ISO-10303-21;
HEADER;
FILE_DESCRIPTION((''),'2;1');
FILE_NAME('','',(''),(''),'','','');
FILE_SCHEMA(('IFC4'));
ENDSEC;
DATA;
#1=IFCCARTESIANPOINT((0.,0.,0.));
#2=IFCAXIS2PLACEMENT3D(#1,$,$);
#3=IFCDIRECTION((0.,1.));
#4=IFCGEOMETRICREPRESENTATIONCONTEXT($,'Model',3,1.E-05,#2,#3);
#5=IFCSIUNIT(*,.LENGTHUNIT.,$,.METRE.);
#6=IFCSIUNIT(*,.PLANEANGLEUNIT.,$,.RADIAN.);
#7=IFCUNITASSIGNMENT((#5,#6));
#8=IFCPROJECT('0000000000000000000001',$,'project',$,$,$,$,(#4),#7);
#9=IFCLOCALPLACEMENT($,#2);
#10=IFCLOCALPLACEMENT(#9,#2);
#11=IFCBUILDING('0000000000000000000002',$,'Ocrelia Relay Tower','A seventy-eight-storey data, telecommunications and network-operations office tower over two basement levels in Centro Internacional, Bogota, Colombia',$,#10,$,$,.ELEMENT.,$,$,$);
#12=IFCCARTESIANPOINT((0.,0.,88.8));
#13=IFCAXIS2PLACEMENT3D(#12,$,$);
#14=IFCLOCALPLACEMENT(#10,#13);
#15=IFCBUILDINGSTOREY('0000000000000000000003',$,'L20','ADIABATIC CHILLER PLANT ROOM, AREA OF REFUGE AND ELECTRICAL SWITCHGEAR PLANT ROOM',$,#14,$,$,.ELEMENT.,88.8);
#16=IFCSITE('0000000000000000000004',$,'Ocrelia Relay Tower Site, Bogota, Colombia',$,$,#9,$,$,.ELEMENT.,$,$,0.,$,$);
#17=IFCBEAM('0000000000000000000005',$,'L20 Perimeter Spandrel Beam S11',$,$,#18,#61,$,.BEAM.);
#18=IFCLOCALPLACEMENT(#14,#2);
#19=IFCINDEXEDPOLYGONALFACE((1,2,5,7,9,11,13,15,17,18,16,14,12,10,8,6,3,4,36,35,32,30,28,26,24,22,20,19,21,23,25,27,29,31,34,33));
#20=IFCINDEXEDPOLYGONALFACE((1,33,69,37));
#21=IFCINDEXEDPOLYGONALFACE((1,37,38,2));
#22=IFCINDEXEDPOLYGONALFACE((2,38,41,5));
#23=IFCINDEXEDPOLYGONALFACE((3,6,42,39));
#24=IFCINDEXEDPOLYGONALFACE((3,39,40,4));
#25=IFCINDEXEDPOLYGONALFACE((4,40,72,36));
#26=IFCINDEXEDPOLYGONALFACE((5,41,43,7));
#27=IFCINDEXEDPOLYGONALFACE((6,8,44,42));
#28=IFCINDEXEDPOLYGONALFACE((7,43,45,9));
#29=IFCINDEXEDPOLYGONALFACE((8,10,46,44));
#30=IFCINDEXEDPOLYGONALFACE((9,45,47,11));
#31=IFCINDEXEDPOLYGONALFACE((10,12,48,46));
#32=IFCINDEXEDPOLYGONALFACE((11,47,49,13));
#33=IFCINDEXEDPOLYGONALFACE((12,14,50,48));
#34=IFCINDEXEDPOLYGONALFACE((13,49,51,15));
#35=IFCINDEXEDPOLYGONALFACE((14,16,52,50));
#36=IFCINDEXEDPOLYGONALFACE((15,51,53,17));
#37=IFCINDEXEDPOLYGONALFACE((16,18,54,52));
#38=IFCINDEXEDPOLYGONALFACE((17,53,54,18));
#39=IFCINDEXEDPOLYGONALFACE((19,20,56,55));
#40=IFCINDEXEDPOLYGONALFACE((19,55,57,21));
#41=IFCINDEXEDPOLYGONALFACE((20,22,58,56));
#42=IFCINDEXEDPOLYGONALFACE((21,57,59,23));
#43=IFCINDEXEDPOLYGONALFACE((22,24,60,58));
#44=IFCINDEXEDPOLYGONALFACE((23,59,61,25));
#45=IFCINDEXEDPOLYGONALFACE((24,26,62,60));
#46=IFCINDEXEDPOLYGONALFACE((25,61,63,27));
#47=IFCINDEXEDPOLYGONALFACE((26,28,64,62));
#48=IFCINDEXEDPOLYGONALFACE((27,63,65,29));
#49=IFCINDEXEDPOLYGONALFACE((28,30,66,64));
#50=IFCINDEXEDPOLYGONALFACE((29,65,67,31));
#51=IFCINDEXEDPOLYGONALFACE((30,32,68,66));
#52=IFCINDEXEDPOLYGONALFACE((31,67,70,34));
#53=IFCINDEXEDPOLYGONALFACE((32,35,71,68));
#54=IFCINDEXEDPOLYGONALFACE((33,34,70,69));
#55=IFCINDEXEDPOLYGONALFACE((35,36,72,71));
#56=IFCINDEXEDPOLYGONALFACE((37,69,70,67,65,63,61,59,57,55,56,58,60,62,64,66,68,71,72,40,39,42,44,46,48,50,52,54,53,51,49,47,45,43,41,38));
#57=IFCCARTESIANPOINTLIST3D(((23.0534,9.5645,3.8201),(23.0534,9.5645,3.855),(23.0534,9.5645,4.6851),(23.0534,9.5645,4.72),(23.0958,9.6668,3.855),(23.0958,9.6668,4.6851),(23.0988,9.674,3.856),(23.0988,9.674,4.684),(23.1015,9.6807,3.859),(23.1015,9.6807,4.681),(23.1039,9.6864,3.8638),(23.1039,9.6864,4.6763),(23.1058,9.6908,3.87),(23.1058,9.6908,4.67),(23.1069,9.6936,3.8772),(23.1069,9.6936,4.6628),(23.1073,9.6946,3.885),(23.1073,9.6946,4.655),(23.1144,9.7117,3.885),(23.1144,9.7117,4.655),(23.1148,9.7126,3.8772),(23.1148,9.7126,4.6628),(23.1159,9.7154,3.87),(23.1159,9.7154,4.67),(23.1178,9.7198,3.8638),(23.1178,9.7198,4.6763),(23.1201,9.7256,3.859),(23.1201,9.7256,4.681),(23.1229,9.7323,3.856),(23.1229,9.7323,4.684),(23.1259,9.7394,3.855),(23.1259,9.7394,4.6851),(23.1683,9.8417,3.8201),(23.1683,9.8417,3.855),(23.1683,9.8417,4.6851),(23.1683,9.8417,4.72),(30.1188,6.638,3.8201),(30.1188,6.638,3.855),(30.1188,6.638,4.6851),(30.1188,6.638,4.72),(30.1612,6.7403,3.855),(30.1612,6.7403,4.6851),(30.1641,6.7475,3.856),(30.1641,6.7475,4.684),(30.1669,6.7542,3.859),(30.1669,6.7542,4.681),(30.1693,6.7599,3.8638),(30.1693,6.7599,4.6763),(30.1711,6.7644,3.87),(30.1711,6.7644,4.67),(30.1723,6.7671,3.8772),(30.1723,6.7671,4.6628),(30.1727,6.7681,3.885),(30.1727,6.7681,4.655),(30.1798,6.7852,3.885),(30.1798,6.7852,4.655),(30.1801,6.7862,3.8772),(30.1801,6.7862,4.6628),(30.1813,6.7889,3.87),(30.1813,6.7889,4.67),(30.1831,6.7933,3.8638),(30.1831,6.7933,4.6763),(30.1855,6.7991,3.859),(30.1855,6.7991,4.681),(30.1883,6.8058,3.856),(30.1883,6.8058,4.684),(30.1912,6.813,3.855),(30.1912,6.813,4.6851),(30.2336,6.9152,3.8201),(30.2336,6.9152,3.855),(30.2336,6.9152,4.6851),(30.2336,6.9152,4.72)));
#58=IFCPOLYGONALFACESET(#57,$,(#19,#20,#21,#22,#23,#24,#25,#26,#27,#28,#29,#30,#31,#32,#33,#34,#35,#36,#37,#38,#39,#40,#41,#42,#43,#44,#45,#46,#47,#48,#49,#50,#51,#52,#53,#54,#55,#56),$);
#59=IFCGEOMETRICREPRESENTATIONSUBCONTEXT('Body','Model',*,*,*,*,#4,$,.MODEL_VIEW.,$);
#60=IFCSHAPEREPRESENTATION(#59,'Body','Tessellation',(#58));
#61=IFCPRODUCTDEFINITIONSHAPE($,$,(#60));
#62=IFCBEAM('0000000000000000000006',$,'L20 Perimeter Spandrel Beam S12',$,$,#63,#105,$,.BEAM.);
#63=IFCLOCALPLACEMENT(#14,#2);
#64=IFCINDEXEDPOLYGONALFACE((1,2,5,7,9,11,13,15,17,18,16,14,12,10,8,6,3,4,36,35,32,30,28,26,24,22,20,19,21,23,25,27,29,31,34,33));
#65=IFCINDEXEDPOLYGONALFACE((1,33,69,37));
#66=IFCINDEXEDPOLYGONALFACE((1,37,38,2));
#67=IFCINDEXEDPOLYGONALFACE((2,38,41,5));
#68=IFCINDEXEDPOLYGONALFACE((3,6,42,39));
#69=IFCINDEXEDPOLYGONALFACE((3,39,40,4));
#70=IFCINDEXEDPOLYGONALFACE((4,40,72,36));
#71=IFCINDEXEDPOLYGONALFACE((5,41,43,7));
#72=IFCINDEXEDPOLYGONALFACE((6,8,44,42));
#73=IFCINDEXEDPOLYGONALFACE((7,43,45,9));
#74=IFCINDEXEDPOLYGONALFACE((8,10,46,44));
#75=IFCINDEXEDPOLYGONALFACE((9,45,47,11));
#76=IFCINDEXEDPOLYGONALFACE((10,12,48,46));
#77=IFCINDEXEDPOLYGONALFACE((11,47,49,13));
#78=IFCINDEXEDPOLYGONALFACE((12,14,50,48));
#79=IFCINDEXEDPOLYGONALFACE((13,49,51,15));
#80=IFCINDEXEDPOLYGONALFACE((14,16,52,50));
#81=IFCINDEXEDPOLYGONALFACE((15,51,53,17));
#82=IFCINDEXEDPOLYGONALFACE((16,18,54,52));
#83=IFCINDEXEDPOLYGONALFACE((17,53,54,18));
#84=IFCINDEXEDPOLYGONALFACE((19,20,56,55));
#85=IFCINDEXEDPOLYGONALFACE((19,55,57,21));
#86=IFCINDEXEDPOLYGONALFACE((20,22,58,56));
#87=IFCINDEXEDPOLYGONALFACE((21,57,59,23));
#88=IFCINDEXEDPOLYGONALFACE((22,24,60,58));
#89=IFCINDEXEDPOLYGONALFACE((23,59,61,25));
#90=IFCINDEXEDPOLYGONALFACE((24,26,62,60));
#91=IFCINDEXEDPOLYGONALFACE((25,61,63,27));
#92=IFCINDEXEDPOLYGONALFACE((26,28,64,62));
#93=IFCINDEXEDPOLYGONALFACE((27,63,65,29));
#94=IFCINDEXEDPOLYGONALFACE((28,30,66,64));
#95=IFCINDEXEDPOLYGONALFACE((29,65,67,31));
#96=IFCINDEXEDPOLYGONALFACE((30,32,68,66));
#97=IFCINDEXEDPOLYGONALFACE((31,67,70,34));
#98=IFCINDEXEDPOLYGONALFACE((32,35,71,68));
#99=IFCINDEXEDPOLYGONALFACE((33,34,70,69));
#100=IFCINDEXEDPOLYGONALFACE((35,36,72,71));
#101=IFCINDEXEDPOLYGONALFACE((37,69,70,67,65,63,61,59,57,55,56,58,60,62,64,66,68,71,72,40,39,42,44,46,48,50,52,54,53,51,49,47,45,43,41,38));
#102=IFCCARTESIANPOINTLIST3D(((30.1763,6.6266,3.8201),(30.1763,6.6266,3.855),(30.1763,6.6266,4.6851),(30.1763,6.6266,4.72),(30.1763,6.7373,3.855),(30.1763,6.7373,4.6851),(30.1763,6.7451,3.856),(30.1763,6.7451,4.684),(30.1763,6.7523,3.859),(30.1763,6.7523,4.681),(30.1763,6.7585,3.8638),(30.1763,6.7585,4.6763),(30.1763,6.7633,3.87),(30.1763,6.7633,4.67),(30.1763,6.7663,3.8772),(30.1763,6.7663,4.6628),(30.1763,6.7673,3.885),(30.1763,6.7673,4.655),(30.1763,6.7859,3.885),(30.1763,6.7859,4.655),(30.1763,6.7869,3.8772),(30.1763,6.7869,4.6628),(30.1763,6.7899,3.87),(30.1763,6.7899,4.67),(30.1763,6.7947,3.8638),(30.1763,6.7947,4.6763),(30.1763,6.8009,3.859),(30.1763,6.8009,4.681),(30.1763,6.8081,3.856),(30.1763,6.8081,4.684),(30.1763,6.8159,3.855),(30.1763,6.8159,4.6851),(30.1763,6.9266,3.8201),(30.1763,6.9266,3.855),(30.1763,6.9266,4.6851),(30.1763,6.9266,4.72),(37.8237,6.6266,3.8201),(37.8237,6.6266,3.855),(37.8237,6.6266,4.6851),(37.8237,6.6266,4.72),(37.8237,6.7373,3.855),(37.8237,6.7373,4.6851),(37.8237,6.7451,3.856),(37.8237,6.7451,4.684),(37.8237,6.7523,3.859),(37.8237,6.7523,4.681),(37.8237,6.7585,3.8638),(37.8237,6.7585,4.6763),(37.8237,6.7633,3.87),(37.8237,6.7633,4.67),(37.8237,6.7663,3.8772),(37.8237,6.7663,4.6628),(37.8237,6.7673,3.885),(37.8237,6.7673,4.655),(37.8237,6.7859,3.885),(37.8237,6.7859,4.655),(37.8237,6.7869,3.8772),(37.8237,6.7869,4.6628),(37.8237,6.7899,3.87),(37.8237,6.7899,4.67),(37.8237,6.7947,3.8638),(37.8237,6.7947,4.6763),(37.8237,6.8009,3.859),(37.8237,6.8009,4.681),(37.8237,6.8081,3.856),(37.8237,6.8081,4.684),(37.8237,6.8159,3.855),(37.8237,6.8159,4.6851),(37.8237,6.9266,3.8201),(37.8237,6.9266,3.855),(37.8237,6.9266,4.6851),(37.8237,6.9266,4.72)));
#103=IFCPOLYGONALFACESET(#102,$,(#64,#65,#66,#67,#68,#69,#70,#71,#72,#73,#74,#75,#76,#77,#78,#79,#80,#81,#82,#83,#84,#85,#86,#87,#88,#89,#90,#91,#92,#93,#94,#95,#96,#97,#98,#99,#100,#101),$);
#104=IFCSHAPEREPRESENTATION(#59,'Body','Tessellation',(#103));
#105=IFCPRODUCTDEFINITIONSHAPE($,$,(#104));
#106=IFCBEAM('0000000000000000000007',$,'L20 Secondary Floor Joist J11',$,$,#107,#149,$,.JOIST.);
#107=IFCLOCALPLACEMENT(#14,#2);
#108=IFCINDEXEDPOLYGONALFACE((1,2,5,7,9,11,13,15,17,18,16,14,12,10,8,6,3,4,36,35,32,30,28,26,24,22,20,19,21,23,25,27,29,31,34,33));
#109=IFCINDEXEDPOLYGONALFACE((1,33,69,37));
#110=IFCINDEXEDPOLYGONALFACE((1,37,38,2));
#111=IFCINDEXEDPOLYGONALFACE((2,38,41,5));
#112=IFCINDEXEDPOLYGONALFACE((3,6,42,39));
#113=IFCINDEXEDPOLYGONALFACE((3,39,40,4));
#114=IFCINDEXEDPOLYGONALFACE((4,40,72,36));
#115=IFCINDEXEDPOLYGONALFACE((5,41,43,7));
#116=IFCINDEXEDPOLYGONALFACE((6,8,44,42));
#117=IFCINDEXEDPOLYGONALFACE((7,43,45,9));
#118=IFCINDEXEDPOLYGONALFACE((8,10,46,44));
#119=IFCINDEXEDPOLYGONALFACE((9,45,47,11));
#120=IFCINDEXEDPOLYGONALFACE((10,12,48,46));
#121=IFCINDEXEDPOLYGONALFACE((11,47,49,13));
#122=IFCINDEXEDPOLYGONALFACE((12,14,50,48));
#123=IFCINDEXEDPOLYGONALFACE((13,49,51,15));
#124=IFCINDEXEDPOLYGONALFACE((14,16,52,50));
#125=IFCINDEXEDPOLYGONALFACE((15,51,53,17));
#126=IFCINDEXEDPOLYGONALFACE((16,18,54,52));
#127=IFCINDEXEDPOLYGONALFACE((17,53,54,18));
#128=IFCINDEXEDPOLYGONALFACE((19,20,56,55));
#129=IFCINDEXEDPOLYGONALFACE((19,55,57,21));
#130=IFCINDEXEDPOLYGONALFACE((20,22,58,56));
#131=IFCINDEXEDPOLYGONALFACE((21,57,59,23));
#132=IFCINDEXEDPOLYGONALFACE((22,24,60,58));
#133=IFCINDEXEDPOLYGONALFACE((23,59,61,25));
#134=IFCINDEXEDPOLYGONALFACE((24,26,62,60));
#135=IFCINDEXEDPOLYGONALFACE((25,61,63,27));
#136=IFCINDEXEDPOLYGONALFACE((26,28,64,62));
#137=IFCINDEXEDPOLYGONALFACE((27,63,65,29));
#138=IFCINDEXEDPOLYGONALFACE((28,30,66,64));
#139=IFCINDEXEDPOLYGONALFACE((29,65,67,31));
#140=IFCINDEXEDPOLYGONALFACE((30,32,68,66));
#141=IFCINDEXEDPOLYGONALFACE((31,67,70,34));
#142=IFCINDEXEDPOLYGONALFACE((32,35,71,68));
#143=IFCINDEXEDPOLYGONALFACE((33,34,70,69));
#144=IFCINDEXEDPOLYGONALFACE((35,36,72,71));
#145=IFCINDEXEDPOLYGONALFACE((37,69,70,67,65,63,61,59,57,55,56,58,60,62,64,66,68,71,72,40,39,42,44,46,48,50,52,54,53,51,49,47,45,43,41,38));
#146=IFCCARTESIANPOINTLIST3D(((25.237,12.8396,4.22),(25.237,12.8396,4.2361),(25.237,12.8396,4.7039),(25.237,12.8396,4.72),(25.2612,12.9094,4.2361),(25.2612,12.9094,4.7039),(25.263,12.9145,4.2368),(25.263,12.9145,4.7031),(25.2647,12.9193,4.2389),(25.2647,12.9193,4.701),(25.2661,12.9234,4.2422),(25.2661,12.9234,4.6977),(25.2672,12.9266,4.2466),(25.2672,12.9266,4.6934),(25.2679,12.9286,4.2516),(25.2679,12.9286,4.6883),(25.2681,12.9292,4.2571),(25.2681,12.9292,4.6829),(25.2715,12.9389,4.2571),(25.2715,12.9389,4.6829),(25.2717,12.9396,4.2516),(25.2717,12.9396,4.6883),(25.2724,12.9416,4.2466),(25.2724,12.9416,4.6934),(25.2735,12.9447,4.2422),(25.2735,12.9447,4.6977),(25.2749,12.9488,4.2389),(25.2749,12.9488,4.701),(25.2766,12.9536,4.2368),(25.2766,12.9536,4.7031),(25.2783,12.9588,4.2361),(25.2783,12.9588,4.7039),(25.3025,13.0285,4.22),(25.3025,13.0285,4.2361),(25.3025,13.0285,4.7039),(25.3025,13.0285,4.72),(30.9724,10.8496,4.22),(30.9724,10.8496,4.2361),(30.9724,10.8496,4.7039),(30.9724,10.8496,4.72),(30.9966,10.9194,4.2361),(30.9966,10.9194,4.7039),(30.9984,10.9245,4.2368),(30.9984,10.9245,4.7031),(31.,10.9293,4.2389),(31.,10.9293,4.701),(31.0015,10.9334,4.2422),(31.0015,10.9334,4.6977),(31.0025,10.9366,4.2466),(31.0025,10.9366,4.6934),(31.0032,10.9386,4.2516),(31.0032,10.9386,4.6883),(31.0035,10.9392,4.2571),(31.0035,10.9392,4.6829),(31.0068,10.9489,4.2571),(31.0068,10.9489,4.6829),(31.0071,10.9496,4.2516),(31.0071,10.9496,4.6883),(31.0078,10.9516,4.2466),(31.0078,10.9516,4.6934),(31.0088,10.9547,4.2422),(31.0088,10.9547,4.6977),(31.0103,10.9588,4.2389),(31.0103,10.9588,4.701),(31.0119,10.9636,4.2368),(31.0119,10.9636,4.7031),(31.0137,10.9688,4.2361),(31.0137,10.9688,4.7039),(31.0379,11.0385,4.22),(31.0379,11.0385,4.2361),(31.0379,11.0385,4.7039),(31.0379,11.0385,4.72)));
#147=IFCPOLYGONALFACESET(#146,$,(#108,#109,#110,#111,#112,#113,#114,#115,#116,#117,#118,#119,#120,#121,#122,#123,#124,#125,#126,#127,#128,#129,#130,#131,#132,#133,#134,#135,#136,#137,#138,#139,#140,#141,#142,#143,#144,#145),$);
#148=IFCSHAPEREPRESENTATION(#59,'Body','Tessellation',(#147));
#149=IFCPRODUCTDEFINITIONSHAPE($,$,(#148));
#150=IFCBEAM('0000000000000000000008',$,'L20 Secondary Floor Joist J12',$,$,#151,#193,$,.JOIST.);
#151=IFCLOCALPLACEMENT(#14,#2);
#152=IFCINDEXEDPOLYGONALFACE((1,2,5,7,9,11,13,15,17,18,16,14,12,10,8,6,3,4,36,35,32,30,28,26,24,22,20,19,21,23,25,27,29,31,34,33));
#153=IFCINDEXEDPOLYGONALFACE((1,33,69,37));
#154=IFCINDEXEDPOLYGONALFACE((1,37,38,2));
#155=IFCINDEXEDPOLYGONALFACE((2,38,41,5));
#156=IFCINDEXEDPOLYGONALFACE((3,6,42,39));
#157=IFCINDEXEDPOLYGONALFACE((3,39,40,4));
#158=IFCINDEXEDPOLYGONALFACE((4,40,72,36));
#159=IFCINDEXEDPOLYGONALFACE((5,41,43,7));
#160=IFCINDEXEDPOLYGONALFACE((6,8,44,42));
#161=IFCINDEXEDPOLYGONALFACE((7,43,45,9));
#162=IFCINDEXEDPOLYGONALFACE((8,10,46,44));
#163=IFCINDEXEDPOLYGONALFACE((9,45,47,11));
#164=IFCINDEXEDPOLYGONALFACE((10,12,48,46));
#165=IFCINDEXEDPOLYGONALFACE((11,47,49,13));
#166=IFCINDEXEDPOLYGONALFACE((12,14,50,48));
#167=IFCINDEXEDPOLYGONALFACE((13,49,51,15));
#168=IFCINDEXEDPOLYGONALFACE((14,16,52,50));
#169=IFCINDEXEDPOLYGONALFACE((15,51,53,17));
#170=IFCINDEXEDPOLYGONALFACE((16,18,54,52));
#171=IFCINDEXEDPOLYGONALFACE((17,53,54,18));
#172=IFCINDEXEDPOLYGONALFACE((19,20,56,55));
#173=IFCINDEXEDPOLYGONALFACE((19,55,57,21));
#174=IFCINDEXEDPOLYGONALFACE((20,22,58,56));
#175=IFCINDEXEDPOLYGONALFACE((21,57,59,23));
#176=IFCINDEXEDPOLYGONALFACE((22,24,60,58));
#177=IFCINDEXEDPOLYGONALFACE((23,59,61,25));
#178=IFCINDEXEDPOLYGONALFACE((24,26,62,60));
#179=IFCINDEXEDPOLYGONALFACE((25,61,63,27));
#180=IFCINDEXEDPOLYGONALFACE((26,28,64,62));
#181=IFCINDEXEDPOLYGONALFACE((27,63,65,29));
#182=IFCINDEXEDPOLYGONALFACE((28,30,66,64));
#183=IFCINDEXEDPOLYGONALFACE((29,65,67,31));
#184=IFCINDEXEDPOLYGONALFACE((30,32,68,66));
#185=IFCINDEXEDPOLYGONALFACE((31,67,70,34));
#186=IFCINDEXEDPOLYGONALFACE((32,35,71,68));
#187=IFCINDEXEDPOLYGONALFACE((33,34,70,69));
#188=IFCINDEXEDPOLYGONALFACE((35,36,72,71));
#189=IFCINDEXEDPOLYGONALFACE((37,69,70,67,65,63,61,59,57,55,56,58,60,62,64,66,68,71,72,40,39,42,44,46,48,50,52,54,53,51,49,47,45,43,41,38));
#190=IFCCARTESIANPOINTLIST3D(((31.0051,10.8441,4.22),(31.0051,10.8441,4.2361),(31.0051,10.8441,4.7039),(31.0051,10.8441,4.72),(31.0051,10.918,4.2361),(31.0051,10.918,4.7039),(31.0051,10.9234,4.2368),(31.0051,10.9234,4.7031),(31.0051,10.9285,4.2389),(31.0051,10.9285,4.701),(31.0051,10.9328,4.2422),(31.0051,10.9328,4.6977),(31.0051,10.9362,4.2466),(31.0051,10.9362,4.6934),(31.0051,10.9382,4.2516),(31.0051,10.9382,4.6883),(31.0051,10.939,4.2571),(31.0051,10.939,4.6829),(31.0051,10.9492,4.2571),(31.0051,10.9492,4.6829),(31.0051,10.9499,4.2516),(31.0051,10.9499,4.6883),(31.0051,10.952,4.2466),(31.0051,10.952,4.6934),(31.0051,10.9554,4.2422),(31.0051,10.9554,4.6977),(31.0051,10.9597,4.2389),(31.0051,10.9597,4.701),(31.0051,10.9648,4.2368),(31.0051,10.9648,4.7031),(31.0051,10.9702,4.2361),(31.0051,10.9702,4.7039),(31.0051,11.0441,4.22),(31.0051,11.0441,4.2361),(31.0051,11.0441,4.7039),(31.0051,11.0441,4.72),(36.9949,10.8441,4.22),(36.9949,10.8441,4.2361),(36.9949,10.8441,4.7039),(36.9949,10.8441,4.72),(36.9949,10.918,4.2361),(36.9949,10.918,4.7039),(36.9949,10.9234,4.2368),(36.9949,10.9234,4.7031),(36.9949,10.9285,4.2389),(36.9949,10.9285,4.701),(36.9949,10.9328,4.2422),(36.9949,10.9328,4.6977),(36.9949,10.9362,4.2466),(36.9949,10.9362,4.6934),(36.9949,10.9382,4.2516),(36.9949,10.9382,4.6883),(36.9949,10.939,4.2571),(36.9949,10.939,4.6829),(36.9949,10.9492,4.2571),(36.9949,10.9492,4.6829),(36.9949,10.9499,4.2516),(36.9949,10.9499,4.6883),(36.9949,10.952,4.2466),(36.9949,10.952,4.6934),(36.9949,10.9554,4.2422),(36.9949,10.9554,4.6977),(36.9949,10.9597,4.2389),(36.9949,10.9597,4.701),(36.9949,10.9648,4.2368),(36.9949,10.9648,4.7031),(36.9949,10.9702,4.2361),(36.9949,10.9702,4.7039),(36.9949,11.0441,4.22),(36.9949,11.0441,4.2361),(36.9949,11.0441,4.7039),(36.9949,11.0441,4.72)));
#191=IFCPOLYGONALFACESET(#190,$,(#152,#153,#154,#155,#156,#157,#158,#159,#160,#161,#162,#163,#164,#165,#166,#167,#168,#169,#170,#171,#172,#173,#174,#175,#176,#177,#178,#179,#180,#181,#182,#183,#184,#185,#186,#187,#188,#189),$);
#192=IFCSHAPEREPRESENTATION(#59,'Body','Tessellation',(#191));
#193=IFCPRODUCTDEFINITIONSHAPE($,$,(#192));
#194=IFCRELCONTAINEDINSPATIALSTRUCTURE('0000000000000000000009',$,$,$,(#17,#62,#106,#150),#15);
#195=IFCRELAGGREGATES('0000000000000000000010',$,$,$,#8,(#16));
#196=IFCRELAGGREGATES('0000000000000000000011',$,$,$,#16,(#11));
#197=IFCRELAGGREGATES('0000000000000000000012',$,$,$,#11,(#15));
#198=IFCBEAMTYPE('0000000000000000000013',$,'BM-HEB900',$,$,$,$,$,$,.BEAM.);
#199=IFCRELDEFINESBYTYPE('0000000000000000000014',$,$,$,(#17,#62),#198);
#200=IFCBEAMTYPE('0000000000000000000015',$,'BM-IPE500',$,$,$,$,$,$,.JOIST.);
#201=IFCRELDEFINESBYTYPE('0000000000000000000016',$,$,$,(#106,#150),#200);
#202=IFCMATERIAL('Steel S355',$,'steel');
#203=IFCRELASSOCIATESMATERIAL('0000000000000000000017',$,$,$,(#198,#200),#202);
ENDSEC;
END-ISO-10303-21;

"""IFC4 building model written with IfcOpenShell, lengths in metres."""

from ifc_helpers import new_model, si_unit, direction, frame, origin, origin_2d, place, context, subcontext, project, spatial, i_section, extrude, material, material_profile, profile_set, type_object, element, save


model = new_model("IFC4")

# Units and contexts
model_context = context("Model", 3, precision=1e-05, world=origin(), true_north=direction((0.0, 1.0)))
body_context = subcontext(model_context, "Body", "Model", "MODEL_VIEW")
ifc_project = project(units=[si_unit("LENGTHUNIT", "METRE"), si_unit("PLANEANGLEUNIT", "RADIAN")], contexts=[model_context])

# Site, building, storey
site_placement = place(None, origin())
site = spatial("IfcSite", under=ifc_project, at=site_placement, Name="Ocrelia Relay Tower Site, Bogota, Colombia", CompositionType="ELEMENT", RefElevation=0.0)
building_placement = place(site_placement, origin())
building = spatial("IfcBuilding", under=site, at=building_placement, Name="Ocrelia Relay Tower", Description="A seventy-eight-storey data, telecommunications and network-operations office tower over two basement levels in Centro Internacional, Bogota, Colombia", CompositionType="ELEMENT")
storey_placement = place(building_placement, frame((0.0, 0.0, 88.8)))
storey = spatial("IfcBuildingStorey", under=building, at=storey_placement, Name="L20", Description="ADIABATIC CHILLER PLANT ROOM, AREA OF REFUGE AND ELECTRICAL SWITCHGEAR PLANT ROOM", CompositionType="ELEMENT", Elevation=88.8)

# Beams
ifc_material_1 = material(Name="Steel S355", Category="steel")
ifc_material_profile_1 = material_profile(ifc_material_1, i_section(OverallWidth=0.3, OverallDepth=0.8999, WebThickness=0.0186, FlangeThickness=0.0349, FilletRadius=0.03, at=origin_2d()), Name="HEB 900")
ifc_profile_set_1 = profile_set([ifc_material_profile_1], Name="Steel S355")
beam_type_1 = type_object("IfcBeamType", Name="BM-HEB900", PredefinedType="BEAM", material=ifc_profile_set_1)
for number, where, z_axis, x_axis, name in (
    (1, (23.1108, 9.7031, 4.27), (0.923883, -0.382674, 0.0), (0.382674, 0.923883, 0.0), "L20 Perimeter Spandrel Beam S11"),
    (2, (30.1763, 6.7766, 4.27), (1.0, 0.0, 0.0), (0.0, 1.0, 0.0), "L20 Perimeter Spandrel Beam S12"),
):
    element("IfcBeam", number, at=place(storey_placement, frame(where, z_axis=z_axis, x_axis=x_axis)), inside=storey, type_object=beam_type_1, Name=name, PredefinedType="BEAM", context=body_context, shape_type="SweptSolid", body=[
        extrude(i_section(OverallWidth=0.3, OverallDepth=0.8999, WebThickness=0.0186, FlangeThickness=0.0349, FilletRadius=0.03, at=origin_2d()), origin(), (0.0, 0.0, 1.0), 7.6475),
    ])
ifc_material_profile_2 = material_profile(ifc_material_1, i_section(OverallWidth=0.2, OverallDepth=0.5, WebThickness=0.0103, FlangeThickness=0.0161, FilletRadius=0.021, at=origin_2d()), Name="IPE 500")
ifc_profile_set_2 = profile_set([ifc_material_profile_2], Name="Steel S355")
beam_type_2 = type_object("IfcBeamType", Name="BM-IPE500", PredefinedType="JOIST", material=ifc_profile_set_2)
beam_1_placement = place(storey_placement, frame((25.2698, 12.9341, 4.47), z_axis=(0.944748, -0.327798, 0.0), x_axis=(0.327798, 0.944748, 0.0)))
element("IfcBeam", 3, at=beam_1_placement, inside=storey, type_object=beam_type_2, Name="L20 Secondary Floor Joist J11", PredefinedType="JOIST", context=body_context, shape_type="SweptSolid", body=[
    extrude(i_section(OverallWidth=0.2, OverallDepth=0.5, WebThickness=0.0103, FlangeThickness=0.0161, FilletRadius=0.021, at=origin_2d()), origin(), (0.0, 0.0, 1.0), 6.0708),
])
beam_2_placement = place(storey_placement, frame((31.0051, 10.9441, 4.47), z_axis=(1.0, 0.0, 0.0), x_axis=(0.0, 1.0, 0.0)))
element("IfcBeam", 4, at=beam_2_placement, inside=storey, type_object=beam_type_2, Name="L20 Secondary Floor Joist J12", PredefinedType="JOIST", context=body_context, shape_type="SweptSolid", body=[
    extrude(i_section(OverallWidth=0.2, OverallDepth=0.5, WebThickness=0.0103, FlangeThickness=0.0161, FilletRadius=0.021, at=origin_2d()), origin(), (0.0, 0.0, 1.0), 5.9897),
])

save(model, "model.ifc")
